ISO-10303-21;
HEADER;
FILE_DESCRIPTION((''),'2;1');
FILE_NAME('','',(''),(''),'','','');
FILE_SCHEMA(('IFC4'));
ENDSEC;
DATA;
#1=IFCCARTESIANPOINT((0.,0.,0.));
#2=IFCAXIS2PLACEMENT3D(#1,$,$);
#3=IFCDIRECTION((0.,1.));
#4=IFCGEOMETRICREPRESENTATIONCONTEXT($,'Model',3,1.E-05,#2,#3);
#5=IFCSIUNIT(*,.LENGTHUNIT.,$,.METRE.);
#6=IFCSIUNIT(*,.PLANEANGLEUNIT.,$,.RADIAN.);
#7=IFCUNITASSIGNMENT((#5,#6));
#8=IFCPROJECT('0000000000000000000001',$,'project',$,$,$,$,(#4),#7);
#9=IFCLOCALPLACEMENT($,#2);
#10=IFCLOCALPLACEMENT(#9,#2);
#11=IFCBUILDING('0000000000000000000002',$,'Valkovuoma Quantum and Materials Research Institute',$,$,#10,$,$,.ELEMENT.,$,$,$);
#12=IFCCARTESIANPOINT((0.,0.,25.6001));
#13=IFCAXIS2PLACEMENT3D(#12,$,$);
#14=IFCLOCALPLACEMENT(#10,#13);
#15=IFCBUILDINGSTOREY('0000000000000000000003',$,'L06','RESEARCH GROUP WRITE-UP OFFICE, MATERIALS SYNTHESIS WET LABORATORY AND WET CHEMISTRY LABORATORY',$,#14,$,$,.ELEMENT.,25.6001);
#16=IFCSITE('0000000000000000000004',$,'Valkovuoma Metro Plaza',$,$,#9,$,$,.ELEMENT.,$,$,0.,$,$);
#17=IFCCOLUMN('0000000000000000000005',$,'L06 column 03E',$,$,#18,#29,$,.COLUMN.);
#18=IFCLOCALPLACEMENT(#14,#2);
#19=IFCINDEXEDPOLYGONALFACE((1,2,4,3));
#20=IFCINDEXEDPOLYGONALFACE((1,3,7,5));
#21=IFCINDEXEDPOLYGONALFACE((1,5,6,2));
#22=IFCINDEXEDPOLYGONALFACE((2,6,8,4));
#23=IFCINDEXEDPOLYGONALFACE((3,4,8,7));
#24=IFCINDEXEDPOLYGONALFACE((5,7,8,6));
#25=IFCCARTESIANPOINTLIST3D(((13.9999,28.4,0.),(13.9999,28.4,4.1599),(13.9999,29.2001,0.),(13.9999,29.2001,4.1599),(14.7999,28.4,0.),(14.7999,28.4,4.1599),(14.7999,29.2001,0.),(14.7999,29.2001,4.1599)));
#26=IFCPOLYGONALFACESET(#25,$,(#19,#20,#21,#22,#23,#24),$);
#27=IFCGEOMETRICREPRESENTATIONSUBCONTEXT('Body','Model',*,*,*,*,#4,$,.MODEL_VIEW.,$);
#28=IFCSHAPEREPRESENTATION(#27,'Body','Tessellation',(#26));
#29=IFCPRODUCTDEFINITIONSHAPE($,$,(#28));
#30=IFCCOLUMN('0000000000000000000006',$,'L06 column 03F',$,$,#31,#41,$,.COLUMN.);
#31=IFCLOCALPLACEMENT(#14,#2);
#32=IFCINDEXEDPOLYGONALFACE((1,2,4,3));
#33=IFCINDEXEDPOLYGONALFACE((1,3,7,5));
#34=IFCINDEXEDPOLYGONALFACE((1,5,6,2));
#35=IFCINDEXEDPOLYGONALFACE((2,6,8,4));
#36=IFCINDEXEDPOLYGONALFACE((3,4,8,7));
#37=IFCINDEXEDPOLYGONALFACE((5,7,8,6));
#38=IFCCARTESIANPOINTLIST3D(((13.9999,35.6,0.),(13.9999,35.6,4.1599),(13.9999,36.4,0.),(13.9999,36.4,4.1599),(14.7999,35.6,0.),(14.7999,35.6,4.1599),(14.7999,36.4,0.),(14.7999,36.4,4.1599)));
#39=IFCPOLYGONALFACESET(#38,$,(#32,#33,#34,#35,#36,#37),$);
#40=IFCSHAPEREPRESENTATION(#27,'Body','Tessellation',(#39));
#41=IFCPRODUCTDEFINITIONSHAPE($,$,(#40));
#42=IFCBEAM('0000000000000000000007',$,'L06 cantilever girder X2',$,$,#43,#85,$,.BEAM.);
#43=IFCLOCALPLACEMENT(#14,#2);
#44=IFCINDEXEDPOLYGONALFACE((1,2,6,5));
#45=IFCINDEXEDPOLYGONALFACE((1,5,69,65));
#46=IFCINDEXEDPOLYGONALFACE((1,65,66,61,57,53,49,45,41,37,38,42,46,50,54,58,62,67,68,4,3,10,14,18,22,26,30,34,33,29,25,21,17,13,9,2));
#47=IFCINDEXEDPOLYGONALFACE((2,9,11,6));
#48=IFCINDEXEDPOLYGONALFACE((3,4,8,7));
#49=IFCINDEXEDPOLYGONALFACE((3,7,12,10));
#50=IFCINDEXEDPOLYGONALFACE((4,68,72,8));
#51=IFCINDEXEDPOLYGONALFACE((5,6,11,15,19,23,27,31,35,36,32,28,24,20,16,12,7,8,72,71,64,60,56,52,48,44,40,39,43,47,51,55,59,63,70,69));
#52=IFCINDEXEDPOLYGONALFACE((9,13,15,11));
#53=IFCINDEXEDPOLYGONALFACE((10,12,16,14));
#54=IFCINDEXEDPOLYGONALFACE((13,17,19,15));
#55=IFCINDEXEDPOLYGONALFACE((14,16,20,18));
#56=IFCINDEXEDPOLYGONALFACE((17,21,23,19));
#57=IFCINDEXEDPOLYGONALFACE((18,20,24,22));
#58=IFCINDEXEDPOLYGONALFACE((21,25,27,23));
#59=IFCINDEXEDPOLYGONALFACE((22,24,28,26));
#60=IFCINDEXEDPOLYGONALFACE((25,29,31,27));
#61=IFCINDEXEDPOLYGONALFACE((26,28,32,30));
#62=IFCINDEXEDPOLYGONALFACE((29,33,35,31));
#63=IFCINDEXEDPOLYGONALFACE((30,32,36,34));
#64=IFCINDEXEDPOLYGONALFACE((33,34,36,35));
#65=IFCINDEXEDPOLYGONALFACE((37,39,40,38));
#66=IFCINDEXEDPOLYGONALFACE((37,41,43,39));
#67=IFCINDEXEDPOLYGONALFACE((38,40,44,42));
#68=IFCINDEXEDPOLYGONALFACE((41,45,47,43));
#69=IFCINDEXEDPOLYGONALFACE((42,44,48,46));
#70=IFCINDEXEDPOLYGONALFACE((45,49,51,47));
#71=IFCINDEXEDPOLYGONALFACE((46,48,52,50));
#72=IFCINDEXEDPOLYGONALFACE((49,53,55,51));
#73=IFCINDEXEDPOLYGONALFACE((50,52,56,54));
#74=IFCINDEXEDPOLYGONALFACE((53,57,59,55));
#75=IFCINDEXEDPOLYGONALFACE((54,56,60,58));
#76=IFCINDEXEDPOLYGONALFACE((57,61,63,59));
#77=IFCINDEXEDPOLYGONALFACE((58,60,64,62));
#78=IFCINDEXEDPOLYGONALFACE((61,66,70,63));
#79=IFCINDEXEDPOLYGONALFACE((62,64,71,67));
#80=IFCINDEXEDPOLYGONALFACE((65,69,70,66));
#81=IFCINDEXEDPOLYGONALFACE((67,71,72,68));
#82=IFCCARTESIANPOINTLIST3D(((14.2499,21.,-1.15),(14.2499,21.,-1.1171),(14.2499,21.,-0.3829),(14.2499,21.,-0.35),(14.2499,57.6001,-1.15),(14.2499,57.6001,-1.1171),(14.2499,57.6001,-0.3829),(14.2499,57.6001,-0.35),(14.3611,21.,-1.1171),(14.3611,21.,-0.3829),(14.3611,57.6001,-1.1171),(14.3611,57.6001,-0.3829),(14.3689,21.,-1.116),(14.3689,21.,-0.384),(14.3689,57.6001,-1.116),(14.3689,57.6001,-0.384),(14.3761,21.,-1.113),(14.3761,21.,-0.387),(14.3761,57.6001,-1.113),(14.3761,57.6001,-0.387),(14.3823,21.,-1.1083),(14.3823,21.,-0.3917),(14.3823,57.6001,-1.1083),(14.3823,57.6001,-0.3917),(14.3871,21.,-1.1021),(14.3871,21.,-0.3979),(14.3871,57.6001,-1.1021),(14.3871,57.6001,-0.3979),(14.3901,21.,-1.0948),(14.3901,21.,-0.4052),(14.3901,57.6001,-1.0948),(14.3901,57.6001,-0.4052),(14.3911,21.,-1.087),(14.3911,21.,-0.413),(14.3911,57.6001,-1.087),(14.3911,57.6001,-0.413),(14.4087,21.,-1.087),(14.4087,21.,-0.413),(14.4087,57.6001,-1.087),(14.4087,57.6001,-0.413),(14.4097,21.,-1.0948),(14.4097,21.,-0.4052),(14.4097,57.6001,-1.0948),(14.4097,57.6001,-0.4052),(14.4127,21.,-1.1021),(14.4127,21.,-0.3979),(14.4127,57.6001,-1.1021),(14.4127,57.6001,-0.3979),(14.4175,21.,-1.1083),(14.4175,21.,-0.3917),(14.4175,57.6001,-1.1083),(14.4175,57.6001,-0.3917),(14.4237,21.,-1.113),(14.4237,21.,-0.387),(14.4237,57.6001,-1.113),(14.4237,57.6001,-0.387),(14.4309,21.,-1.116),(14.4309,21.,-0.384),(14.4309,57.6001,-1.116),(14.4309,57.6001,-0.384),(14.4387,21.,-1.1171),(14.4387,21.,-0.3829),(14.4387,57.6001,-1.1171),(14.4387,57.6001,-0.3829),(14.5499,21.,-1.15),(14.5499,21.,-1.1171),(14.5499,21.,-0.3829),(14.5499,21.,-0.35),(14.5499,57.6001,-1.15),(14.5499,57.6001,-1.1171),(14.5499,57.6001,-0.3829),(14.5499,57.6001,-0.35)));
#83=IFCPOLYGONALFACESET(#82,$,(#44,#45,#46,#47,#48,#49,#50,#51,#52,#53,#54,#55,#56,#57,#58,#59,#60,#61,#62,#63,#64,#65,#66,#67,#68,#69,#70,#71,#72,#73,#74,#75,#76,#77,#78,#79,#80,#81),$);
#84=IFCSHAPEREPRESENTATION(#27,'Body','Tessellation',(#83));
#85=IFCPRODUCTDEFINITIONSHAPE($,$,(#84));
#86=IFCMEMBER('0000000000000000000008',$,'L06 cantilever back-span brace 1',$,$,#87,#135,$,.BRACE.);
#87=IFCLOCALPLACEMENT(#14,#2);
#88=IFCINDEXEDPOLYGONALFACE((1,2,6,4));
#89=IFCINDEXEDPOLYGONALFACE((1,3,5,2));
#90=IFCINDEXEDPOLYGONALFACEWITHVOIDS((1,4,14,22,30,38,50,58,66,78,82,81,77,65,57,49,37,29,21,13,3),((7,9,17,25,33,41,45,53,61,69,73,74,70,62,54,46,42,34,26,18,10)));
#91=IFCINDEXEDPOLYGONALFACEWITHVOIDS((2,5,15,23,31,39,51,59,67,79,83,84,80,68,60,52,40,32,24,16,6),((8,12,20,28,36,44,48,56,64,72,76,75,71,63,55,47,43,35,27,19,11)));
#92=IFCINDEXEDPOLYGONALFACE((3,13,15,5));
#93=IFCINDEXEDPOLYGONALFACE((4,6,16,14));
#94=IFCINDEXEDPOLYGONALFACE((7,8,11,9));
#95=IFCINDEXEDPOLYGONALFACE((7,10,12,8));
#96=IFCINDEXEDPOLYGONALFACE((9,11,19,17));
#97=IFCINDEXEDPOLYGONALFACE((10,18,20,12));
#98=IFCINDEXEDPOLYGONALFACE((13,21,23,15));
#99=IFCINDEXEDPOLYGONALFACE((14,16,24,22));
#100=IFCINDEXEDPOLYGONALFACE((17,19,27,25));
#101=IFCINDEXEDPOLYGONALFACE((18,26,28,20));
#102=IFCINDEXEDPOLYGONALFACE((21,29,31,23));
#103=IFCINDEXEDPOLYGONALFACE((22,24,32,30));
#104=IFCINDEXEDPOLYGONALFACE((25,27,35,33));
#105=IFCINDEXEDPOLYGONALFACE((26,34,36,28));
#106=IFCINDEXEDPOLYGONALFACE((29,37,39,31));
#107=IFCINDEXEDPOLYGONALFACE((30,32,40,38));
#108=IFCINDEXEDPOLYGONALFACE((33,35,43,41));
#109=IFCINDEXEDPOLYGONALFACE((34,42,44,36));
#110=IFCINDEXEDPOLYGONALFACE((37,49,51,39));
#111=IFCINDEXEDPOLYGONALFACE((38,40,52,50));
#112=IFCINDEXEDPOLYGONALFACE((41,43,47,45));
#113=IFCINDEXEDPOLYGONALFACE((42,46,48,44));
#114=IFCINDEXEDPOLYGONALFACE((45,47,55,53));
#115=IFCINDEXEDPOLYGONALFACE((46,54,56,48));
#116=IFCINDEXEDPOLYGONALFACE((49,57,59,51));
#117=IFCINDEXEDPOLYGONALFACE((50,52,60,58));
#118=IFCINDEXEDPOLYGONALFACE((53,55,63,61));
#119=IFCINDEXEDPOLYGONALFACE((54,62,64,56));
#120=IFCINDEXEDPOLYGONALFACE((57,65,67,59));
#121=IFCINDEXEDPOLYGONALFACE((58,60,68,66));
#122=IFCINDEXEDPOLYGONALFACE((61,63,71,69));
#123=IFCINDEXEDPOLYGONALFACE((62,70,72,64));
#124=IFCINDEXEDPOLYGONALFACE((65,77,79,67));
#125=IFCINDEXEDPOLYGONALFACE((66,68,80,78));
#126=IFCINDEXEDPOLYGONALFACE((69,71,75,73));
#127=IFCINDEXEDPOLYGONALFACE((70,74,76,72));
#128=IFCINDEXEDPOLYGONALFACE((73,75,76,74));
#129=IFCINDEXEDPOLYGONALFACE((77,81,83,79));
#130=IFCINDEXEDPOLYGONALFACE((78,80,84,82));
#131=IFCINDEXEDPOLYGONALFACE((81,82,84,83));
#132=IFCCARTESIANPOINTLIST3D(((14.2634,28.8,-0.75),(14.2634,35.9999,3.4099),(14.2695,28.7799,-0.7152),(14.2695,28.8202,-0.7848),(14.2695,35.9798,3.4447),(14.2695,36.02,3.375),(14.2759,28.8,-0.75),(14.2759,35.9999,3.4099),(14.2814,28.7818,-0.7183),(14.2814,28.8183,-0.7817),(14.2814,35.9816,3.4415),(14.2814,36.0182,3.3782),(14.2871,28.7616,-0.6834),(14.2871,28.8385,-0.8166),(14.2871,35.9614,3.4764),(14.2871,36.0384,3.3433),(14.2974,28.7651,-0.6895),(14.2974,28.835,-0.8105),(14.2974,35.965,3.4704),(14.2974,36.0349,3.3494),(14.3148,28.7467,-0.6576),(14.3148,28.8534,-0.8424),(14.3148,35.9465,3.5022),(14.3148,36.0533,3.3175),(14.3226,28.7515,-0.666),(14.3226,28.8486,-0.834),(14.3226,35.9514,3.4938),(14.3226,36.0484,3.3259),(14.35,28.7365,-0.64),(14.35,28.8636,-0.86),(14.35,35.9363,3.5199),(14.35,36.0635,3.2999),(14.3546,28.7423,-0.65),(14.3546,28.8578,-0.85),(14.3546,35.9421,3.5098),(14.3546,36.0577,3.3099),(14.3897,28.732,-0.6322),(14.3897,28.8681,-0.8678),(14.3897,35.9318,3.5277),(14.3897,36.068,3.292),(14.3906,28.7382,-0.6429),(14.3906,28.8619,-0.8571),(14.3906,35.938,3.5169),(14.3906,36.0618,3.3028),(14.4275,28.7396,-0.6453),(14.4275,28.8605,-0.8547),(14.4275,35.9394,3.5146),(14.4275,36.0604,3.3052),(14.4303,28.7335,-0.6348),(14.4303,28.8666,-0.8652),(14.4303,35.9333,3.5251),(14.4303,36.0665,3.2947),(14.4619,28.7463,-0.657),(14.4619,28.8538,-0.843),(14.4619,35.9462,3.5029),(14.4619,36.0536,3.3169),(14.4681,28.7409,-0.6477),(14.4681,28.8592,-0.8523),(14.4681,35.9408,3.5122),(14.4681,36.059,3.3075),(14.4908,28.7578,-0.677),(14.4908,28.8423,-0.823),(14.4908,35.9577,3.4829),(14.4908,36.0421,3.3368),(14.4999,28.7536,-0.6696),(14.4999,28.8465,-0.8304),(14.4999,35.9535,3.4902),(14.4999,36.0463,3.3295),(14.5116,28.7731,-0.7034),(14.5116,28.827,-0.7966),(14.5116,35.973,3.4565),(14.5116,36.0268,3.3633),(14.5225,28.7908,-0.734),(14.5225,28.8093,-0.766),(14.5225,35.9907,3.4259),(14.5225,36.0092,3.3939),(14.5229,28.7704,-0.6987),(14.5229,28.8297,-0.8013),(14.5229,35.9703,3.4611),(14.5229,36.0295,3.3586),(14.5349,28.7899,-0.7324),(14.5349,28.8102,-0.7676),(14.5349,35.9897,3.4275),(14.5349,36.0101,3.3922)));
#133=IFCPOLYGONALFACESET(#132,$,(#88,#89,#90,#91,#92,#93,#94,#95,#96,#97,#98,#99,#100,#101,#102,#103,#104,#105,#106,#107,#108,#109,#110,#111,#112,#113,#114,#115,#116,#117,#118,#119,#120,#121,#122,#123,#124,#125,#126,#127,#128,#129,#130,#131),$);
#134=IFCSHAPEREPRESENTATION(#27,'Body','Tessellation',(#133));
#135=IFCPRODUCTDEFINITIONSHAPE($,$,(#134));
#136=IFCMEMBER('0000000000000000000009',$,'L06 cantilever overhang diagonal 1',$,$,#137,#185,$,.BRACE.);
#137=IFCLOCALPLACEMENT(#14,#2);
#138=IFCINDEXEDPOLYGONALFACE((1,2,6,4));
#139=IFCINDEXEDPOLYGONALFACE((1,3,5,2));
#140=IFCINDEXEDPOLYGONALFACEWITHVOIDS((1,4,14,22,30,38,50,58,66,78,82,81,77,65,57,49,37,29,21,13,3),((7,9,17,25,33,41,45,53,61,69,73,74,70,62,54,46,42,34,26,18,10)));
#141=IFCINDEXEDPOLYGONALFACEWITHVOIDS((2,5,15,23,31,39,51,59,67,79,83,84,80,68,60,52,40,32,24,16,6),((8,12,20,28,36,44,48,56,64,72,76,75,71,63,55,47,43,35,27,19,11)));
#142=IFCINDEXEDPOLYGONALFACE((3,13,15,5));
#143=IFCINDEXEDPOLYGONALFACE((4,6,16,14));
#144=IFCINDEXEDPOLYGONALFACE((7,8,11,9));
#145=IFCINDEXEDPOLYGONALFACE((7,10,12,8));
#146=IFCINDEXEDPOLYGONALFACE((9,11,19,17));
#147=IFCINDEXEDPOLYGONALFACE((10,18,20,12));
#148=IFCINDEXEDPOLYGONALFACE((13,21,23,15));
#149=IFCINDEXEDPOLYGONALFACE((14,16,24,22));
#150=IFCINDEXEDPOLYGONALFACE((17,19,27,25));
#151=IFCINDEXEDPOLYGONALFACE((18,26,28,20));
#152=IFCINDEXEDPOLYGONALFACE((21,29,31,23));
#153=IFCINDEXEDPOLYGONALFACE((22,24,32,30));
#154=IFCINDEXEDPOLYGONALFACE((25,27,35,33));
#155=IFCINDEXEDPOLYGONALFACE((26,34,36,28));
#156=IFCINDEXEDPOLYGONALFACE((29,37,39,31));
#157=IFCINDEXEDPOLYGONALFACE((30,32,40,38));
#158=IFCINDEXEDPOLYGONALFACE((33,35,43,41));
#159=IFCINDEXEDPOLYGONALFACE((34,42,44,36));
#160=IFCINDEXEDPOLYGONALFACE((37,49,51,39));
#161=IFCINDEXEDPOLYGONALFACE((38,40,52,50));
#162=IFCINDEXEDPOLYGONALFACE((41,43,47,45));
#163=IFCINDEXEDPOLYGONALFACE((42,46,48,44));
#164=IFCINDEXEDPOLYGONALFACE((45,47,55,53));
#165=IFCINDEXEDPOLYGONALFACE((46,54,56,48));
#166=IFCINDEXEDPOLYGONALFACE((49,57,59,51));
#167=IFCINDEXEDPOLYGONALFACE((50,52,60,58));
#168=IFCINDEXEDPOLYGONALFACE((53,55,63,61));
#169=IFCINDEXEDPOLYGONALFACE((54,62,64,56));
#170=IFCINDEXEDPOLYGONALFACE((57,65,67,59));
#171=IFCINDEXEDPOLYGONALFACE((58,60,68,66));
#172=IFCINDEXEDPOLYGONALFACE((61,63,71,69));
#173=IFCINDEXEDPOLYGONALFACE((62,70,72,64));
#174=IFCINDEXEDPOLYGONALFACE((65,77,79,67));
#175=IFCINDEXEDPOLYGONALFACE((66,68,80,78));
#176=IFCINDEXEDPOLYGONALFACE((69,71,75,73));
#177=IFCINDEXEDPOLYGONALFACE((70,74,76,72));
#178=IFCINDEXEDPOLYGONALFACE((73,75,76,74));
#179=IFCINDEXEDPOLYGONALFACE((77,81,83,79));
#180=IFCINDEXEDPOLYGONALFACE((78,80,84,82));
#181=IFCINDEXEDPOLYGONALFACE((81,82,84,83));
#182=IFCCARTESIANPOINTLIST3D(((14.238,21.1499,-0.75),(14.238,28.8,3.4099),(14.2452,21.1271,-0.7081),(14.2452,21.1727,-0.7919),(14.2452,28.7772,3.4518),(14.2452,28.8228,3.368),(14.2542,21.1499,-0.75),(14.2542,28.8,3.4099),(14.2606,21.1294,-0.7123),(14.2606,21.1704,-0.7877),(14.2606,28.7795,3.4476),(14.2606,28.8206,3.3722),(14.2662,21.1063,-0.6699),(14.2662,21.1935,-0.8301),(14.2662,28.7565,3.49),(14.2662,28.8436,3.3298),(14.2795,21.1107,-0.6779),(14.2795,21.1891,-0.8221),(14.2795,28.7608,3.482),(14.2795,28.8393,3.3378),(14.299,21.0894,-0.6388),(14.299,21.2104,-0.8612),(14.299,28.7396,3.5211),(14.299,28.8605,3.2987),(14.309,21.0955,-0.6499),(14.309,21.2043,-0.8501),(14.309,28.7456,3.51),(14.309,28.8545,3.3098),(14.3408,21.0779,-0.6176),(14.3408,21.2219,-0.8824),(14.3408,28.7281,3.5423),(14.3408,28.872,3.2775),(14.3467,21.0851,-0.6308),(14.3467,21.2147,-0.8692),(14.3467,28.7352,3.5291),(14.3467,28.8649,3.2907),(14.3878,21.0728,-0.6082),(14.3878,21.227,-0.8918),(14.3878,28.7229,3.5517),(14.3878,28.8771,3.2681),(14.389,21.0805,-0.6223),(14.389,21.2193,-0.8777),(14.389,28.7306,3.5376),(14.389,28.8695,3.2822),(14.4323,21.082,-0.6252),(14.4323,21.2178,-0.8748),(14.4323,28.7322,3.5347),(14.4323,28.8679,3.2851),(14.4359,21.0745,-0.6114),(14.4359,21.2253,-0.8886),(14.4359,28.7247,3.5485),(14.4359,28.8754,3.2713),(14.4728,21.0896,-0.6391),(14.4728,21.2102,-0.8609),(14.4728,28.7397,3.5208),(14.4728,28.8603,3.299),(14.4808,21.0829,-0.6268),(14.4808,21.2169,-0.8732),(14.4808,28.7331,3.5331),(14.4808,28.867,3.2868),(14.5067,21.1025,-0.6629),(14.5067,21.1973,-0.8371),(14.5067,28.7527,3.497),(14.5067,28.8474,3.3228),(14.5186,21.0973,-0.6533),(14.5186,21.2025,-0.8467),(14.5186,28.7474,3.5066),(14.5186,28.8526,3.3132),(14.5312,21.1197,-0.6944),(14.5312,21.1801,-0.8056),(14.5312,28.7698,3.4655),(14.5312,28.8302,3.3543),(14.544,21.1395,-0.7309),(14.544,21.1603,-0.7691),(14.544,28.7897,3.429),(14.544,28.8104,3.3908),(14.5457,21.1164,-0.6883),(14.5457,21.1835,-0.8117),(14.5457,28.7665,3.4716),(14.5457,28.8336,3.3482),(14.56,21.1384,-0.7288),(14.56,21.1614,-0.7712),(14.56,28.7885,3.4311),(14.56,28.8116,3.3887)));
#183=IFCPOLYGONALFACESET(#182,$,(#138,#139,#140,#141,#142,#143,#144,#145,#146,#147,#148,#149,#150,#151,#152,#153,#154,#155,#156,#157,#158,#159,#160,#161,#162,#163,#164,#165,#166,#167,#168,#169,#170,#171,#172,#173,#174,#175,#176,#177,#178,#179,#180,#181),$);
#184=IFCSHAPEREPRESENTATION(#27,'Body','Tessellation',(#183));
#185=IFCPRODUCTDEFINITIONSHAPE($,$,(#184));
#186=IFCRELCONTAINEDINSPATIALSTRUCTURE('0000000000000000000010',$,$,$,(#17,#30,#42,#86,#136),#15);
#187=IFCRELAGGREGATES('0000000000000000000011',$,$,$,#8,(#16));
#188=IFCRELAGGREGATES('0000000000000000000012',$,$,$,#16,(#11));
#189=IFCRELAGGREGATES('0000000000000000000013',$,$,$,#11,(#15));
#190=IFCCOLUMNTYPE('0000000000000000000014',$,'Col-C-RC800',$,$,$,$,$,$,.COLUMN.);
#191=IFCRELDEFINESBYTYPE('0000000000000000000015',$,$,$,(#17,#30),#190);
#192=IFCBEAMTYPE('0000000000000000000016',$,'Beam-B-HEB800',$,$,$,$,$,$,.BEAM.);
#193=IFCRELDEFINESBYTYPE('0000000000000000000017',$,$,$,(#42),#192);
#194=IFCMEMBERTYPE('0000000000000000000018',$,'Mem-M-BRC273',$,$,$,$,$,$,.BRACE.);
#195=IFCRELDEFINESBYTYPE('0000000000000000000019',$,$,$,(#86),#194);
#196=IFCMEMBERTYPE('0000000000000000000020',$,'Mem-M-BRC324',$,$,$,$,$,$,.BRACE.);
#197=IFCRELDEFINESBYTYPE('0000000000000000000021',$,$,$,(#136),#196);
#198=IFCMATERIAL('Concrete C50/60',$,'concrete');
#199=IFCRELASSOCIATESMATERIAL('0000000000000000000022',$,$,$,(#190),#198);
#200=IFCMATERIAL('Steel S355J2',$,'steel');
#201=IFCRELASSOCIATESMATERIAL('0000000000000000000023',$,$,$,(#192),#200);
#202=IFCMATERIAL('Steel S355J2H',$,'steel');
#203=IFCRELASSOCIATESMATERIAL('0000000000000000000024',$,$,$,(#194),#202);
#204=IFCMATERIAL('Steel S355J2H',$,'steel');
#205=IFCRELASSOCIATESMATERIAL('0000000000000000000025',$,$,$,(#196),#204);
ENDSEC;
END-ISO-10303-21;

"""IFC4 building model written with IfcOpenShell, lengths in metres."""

from ifc_helpers import new_model, si_unit, direction, frame, origin, origin_2d, place, context, subcontext, project, spatial, rectangle, hollow_circle, i_section, extrude, material, material_profile, profile_set, type_object, element, save


model = new_model("IFC4")

# Units and contexts
model_context = context("Model", 3, precision=1e-05, world=origin(), true_north=direction((0.0, 1.0)))
body_context = subcontext(model_context, "Body", "Model", "MODEL_VIEW")
ifc_project = project(units=[si_unit("LENGTHUNIT", "METRE"), si_unit("PLANEANGLEUNIT", "RADIAN")], contexts=[model_context])

# Site, building, storey
site_placement = place(None, origin())
site = spatial("IfcSite", under=ifc_project, at=site_placement, Name="Valkovuoma Metro Plaza", CompositionType="ELEMENT", RefElevation=0.0)
building_placement = place(site_placement, origin())
building = spatial("IfcBuilding", under=site, at=building_placement, Name="Valkovuoma Quantum and Materials Research Institute", CompositionType="ELEMENT")
storey_placement = place(building_placement, frame((0.0, 0.0, 25.6001)))
storey = spatial("IfcBuildingStorey", under=building, at=storey_placement, Name="L06", Description="RESEARCH GROUP WRITE-UP OFFICE, MATERIALS SYNTHESIS WET LABORATORY AND WET CHEMISTRY LABORATORY", CompositionType="ELEMENT", Elevation=25.6001)

# Columns
ifc_material_1 = material(Name="Concrete C50/60", Category="concrete")
ifc_material_profile_1 = material_profile(ifc_material_1, rectangle(XDim=0.8, YDim=0.8, at=origin_2d()), Name="Concrete C50/60")
ifc_profile_set_1 = profile_set([ifc_material_profile_1], Name="Concrete C50/60")
column_type = type_object("IfcColumnType", Name="Col-C-RC800", PredefinedType="COLUMN", material=ifc_profile_set_1)
for number, where, z_axis, x_axis, name in (
    (1, (14.3999, 28.8, 0.0), (0.0, 0.0, 1.0), (1.0, 0.0, 0.0), "L06 column 03E"),
    (2, (14.3999, 36.0, 0.0), (0.0, 0.0, 1.0), (1.0, 0.0, 0.0), "L06 column 03F"),
):
    element("IfcColumn", number, at=place(storey_placement, frame(where, z_axis=z_axis, x_axis=x_axis)), inside=storey, type_object=column_type, Name=name, PredefinedType="COLUMN", context=body_context, shape_type="SweptSolid", body=[
        extrude(rectangle(XDim=0.8, YDim=0.8, at=origin_2d()), origin(), (0.0, 0.0, 1.0), 4.1599),
    ])

# Beam
ifc_material_2 = material(Name="Steel S355J2", Category="steel")
ifc_material_profile_2 = material_profile(ifc_material_2, i_section(OverallWidth=0.3, OverallDepth=0.8, WebThickness=0.0176, FlangeThickness=0.033, FilletRadius=0.03, at=origin_2d()), Name="Steel S355J2")
ifc_profile_set_2 = profile_set([ifc_material_profile_2], Name="Steel S355J2")
beam_type = type_object("IfcBeamType", Name="Beam-B-HEB800", PredefinedType="BEAM", material=ifc_profile_set_2)
beam_placement = place(storey_placement, frame((14.3999, 21.0, -0.75), z_axis=(0.0, 1.0, 0.0), x_axis=(-1.0, 0.0, 0.0)))
element("IfcBeam", 3, at=beam_placement, inside=storey, type_object=beam_type, Name="L06 cantilever girder X2", PredefinedType="BEAM", context=body_context, shape_type="SweptSolid", body=[
    extrude(i_section(OverallWidth=0.3, OverallDepth=0.8, WebThickness=0.0176, FlangeThickness=0.033, FilletRadius=0.03, at=origin_2d()), origin(), (0.0, 0.0, 1.0), 36.6001),
])

# Members
ifc_material_3 = material(Name="Steel S355J2H", Category="steel")
ifc_material_profile_3 = material_profile(ifc_material_3, hollow_circle(Radius=0.1365, WallThickness=0.0125, at=origin_2d()), Name="Steel S355J2H")
ifc_profile_set_3 = profile_set([ifc_material_profile_3], Name="Steel S355J2H")
member_type_1 = type_object("IfcMemberType", Name="Mem-M-BRC273", PredefinedType="BRACE", material=ifc_profile_set_3)
member_1_placement = place(storey_placement, frame((14.3999, 28.8, -0.75), z_axis=(0.0, 0.865868, 0.500272), x_axis=(-1.0, 0.0, 0.0)))
element("IfcMember", 4, at=member_1_placement, inside=storey, type_object=member_type_1, Name="L06 cantilever back-span brace 1", PredefinedType="BRACE", context=body_context, shape_type="SweptSolid", body=[
    extrude(hollow_circle(Radius=0.1365, WallThickness=0.0125, at=origin_2d()), origin(), (0.0, 0.0, 1.0), 8.3152),
])
ifc_material_4 = material(Name="Steel S355J2H", Category="steel")
ifc_material_profile_4 = material_profile(ifc_material_4, hollow_circle(Radius=0.1619, WallThickness=0.0161, at=origin_2d()), Name="Steel S355J2H")
ifc_profile_set_4 = profile_set([ifc_material_profile_4], Name="Steel S355J2H")
member_type_2 = type_object("IfcMemberType", Name="Mem-M-BRC324", PredefinedType="BRACE", material=ifc_profile_set_4)
member_2_placement = place(storey_placement, frame((14.3999, 21.1499, -0.75), z_axis=(0.0, 0.878517, 0.47771), x_axis=(-1.0, 0.0, 0.0)))
element("IfcMember", 5, at=member_2_placement, inside=storey, type_object=member_type_2, Name="L06 cantilever overhang diagonal 1", PredefinedType="BRACE", context=body_context, shape_type="SweptSolid", body=[
    extrude(hollow_circle(Radius=0.1619, WallThickness=0.0161, at=origin_2d()), origin(), (0.0, 0.0, 1.0), 8.708),
])

save(model, "model.ifc")
